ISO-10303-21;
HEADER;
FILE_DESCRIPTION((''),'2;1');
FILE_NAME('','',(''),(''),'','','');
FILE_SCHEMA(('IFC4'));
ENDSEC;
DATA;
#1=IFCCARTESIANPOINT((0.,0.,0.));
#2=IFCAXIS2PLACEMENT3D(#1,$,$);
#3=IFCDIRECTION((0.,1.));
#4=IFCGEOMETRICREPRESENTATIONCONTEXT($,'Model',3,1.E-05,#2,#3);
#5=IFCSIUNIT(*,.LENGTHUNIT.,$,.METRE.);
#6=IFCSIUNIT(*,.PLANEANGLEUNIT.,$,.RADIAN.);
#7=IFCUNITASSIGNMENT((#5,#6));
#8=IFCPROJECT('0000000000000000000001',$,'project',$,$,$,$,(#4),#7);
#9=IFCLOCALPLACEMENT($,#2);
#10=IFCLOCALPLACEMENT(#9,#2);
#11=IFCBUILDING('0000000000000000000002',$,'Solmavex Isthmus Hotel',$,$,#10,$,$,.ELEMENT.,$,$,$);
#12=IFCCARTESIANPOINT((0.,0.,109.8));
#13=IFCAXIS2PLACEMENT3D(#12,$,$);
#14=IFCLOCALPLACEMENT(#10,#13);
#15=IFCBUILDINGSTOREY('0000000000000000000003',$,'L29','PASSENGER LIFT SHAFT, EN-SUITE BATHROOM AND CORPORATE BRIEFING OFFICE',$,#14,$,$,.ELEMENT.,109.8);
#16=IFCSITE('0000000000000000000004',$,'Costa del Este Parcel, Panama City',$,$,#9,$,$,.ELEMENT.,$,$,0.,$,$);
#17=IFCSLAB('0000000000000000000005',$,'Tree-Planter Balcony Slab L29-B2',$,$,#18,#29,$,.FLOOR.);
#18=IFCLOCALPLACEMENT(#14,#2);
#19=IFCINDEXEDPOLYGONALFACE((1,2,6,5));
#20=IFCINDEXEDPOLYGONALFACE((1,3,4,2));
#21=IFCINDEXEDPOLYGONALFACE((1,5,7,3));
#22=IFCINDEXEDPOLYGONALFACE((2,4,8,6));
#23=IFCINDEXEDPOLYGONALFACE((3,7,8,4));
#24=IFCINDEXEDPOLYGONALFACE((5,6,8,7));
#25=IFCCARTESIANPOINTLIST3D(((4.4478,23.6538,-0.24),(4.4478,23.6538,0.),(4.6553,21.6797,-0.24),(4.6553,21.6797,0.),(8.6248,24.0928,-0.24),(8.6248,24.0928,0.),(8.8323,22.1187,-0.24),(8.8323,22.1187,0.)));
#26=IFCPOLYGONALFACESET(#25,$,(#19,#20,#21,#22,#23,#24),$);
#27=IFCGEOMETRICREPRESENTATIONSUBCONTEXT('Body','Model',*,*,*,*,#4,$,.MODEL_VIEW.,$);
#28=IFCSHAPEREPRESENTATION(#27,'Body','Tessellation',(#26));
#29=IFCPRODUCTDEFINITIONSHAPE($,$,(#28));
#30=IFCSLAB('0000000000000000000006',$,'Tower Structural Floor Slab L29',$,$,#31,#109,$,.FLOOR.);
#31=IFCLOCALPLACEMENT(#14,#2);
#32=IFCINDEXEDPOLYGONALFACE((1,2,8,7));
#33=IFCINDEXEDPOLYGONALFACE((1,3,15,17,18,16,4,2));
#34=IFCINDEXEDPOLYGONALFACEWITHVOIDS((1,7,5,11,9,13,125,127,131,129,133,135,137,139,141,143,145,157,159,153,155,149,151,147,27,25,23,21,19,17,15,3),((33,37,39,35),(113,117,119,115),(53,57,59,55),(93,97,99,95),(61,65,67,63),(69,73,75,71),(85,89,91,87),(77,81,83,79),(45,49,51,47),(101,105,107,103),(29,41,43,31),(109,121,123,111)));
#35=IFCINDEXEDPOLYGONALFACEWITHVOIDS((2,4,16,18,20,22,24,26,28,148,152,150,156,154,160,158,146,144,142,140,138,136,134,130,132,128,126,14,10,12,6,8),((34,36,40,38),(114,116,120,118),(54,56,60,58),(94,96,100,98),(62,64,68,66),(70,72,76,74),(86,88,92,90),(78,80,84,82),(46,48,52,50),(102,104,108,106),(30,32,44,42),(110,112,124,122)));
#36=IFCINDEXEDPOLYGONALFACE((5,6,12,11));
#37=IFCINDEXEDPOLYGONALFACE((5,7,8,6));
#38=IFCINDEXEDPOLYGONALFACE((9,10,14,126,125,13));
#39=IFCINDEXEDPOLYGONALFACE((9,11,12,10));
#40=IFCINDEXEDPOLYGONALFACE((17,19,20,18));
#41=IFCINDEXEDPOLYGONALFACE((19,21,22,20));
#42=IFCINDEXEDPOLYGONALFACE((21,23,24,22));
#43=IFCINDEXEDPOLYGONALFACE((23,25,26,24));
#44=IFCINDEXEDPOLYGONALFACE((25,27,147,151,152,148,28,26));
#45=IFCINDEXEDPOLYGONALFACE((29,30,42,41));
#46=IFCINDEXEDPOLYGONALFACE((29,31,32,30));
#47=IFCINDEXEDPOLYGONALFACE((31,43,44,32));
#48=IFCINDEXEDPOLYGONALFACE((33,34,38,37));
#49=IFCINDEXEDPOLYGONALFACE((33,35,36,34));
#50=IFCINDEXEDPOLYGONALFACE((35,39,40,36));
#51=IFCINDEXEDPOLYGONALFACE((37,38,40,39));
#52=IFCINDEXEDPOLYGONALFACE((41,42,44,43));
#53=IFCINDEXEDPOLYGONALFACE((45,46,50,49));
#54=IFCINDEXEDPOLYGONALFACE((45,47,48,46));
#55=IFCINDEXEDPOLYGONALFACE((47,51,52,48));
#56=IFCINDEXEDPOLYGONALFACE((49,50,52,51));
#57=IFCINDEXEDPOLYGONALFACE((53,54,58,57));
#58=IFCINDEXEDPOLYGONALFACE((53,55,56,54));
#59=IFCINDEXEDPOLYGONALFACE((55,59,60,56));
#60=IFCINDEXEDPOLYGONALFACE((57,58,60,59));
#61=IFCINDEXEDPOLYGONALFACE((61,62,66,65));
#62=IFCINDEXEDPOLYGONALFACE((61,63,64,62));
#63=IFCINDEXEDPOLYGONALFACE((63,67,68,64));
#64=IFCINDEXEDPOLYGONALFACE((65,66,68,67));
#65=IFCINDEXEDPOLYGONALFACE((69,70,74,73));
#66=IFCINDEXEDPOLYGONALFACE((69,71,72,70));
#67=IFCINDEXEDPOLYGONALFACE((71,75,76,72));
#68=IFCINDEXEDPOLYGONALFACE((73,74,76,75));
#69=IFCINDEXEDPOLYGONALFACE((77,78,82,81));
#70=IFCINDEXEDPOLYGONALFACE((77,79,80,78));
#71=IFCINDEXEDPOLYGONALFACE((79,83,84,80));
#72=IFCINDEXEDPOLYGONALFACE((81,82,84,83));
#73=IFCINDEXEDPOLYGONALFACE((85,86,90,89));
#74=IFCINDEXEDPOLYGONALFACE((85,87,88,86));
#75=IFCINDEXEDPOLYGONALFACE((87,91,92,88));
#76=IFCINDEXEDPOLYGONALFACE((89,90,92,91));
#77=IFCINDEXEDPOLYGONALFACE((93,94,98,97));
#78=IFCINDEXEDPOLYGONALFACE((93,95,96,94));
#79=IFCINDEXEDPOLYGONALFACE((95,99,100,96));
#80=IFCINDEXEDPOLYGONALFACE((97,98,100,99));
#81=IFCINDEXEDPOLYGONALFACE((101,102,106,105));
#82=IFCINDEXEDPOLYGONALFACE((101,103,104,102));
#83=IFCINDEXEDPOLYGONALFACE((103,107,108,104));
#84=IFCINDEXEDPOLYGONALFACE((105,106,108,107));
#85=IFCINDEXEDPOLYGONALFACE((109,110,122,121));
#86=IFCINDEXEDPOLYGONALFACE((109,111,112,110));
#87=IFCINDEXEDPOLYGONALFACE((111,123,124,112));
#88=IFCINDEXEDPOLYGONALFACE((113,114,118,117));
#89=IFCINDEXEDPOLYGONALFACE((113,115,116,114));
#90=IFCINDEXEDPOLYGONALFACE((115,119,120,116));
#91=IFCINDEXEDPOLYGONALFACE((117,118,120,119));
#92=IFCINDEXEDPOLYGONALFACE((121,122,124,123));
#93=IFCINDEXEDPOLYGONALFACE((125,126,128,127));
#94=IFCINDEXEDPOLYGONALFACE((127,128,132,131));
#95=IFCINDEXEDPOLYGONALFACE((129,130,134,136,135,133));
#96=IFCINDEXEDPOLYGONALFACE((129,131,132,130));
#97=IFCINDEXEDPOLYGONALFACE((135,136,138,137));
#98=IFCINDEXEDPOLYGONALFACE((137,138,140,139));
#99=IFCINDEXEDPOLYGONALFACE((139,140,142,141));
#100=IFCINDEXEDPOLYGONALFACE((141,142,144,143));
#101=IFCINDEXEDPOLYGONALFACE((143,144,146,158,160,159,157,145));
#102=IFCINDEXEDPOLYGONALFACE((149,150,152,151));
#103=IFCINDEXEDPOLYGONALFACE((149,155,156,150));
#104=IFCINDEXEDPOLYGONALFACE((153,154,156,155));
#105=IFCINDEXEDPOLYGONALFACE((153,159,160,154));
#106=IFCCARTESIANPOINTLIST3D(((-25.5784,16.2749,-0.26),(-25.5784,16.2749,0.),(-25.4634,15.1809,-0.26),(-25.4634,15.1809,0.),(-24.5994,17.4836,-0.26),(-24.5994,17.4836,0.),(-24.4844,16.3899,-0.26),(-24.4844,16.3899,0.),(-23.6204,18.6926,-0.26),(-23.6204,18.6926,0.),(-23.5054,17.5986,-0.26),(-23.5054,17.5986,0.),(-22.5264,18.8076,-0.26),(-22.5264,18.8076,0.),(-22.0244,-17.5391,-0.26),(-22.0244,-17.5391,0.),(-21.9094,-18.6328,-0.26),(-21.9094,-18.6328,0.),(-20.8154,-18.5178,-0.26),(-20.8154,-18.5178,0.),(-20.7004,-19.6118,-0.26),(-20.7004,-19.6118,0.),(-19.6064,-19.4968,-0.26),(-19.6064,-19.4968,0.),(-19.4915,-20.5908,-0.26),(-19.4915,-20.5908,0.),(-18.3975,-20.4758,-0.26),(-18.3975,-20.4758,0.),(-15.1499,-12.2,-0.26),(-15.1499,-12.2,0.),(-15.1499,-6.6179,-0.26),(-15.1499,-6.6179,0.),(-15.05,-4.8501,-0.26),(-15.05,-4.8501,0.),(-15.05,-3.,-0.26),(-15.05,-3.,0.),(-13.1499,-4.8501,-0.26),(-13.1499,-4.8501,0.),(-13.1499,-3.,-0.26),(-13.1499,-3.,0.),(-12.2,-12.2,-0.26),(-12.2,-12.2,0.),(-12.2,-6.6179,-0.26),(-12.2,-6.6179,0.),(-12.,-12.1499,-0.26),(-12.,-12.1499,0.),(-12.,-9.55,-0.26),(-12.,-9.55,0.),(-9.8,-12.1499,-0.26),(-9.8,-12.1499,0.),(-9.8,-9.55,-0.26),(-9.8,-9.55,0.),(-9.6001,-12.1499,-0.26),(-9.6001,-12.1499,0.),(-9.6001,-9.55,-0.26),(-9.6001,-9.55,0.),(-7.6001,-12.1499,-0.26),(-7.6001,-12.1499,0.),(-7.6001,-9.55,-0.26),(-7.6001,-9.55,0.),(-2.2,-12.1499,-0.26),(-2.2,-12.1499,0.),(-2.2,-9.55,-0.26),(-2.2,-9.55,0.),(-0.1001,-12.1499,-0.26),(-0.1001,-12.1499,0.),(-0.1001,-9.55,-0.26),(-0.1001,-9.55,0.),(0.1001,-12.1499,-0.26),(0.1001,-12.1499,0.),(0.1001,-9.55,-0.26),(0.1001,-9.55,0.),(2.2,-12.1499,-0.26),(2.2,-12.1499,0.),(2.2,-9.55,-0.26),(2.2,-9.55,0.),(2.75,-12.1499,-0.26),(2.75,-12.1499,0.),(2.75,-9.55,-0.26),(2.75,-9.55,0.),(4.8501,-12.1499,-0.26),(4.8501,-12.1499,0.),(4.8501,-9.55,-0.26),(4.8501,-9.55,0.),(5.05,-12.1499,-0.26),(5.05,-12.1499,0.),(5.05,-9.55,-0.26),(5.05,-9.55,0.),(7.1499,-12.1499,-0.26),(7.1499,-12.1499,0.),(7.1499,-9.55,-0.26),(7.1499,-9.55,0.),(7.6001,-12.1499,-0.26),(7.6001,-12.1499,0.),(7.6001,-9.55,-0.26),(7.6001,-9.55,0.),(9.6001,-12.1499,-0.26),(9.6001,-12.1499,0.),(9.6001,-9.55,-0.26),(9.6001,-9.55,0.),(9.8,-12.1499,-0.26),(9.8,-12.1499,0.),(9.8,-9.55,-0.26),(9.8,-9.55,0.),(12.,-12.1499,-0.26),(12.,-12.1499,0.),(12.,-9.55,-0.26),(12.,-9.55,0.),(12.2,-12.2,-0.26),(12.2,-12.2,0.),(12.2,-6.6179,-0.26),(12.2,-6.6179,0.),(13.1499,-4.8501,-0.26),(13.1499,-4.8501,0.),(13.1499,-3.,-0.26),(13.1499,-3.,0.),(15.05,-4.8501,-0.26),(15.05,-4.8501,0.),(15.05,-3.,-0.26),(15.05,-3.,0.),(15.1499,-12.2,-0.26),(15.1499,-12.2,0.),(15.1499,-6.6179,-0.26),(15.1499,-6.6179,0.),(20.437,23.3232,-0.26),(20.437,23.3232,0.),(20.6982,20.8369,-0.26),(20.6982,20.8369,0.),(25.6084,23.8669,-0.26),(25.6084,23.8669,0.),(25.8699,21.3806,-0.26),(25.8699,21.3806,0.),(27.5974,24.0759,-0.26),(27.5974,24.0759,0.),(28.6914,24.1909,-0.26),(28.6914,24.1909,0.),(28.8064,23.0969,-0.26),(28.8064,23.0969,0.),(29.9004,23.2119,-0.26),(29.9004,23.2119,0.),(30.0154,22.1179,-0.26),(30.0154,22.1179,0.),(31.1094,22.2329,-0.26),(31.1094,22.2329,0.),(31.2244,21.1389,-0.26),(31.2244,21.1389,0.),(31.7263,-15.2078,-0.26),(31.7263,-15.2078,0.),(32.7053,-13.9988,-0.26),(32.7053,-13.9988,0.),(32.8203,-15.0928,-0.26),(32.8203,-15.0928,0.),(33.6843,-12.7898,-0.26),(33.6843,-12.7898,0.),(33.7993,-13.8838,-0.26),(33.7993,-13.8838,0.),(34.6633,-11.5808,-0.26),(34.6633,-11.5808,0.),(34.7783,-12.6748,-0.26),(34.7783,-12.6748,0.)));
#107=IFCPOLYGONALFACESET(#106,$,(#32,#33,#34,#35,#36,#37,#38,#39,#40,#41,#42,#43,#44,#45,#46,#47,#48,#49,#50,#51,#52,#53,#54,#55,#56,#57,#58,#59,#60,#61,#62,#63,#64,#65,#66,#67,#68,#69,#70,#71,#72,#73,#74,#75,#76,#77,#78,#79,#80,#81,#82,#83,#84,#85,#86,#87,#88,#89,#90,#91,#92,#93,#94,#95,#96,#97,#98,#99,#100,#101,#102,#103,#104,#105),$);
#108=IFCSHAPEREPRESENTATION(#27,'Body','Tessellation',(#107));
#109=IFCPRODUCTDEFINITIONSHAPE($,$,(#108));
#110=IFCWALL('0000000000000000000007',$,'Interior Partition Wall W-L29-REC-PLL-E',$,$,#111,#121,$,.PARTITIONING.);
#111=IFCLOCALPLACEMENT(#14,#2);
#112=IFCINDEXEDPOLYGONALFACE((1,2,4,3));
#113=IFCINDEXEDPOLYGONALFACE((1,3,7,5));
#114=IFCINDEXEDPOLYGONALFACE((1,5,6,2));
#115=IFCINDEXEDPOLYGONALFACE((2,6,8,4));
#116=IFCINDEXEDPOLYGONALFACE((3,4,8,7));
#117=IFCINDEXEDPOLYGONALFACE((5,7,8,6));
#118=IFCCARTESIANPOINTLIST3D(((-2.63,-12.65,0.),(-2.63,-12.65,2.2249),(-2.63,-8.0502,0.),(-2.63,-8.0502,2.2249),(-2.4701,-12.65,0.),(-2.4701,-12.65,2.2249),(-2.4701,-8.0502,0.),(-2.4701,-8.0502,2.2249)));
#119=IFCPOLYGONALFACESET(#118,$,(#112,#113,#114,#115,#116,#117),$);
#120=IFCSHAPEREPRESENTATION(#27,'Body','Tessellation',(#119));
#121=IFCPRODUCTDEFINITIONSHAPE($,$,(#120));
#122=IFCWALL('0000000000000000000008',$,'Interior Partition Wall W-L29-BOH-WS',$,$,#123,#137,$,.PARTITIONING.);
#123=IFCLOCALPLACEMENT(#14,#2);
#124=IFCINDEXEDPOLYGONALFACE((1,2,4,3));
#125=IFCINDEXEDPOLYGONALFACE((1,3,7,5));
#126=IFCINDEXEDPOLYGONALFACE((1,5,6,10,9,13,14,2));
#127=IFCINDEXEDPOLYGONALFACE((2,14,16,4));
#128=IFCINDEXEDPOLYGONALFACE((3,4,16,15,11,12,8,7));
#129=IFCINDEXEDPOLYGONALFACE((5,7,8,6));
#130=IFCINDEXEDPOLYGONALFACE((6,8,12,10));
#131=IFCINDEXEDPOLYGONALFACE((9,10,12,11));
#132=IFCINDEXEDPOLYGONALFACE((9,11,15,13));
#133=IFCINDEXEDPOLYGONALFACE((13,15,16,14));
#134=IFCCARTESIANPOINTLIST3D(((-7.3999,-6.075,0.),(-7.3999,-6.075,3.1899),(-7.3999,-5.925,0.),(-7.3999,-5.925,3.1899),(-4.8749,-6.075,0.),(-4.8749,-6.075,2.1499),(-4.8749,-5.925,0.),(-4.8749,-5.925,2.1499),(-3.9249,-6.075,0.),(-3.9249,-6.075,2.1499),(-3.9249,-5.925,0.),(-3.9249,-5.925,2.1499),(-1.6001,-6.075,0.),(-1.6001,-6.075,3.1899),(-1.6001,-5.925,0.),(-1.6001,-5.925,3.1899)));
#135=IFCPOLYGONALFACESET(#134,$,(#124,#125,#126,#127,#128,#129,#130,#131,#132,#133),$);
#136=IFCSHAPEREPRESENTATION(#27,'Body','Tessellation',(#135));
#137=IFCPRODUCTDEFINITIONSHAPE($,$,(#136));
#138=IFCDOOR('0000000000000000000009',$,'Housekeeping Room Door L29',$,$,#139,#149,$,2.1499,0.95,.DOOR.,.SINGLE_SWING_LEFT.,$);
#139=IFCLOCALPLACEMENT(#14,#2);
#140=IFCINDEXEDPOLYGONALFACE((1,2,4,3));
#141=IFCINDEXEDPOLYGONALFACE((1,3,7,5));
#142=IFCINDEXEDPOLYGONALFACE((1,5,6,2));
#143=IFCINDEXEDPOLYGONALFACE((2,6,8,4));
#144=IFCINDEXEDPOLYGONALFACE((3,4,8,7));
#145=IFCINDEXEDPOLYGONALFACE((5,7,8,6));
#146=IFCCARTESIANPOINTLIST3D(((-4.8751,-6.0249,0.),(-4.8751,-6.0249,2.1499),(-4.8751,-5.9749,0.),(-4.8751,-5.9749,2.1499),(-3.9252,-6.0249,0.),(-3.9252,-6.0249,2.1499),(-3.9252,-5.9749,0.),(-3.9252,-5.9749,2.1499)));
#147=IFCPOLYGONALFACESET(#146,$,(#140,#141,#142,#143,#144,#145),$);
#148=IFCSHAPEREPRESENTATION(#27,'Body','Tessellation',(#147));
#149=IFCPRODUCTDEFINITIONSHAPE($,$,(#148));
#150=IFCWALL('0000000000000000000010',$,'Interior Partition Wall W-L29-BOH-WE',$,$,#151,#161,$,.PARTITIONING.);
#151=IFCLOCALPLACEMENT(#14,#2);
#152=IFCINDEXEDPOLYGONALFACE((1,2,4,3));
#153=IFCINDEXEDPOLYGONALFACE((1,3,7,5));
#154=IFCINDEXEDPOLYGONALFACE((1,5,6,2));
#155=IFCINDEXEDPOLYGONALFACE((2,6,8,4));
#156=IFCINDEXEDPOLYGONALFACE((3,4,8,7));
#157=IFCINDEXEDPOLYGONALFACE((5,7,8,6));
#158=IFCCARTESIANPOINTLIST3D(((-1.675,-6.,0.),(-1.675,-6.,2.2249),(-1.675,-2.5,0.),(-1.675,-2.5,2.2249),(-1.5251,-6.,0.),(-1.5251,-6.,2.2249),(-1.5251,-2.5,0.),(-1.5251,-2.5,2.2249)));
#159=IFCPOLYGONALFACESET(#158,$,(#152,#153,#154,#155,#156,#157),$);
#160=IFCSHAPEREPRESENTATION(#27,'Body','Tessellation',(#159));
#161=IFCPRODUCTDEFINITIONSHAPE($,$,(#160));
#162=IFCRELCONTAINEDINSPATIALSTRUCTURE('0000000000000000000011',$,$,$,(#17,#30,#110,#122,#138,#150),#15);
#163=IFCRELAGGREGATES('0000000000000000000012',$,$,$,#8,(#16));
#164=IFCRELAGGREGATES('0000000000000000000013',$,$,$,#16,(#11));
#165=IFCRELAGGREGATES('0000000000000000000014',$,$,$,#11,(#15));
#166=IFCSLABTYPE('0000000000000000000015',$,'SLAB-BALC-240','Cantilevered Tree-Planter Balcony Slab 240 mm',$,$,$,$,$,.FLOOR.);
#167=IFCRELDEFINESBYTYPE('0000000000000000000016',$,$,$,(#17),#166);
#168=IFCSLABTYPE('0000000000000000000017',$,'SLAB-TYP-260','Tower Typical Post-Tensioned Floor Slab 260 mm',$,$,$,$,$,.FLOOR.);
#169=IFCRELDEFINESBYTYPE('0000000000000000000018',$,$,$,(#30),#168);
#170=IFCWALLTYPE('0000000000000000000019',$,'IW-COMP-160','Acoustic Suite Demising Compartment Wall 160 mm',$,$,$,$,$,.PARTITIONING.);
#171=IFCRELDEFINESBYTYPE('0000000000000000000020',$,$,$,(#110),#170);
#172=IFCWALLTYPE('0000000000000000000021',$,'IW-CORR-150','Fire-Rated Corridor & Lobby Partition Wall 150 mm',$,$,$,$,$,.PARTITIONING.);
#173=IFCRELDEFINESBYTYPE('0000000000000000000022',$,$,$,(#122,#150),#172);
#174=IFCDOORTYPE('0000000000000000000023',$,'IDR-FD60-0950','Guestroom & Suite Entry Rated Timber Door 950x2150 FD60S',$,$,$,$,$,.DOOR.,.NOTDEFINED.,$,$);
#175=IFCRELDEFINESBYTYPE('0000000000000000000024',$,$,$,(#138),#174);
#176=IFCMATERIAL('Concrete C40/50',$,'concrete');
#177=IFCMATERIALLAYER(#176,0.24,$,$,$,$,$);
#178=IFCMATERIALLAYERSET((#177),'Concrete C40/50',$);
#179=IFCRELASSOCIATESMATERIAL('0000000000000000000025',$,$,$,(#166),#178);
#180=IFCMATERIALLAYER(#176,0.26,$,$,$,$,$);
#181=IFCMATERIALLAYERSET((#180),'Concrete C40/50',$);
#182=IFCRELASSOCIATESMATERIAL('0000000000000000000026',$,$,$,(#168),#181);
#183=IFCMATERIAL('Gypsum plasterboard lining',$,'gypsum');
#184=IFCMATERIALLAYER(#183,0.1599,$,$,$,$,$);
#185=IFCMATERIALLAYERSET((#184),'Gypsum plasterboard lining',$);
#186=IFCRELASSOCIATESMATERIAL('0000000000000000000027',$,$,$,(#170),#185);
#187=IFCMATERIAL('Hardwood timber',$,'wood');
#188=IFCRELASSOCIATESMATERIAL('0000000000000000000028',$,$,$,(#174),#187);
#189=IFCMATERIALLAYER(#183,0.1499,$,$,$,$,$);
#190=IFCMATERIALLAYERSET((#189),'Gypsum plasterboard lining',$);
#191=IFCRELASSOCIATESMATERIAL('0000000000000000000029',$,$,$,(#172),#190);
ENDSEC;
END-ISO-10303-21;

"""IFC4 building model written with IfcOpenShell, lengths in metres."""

from ifc_helpers import new_model, si_unit, direction, frame, frame_2d, origin, place, context, subcontext, project, spatial, polyline, rectangle, outline, extrude, material, layer, layer_set, type_object, element, fill, save


model = new_model("IFC4")

# Units and contexts
model_context = context("Model", 3, precision=1e-05, world=origin(), true_north=direction((0.0, 1.0)))
body_context = subcontext(model_context, "Body", "Model", "MODEL_VIEW")
ifc_project = project(units=[si_unit("LENGTHUNIT", "METRE"), si_unit("PLANEANGLEUNIT", "RADIAN")], contexts=[model_context])

# Site, building, storey
site_placement = place(None, origin())
site = spatial("IfcSite", under=ifc_project, at=site_placement, Name="Costa del Este Parcel, Panama City", CompositionType="ELEMENT", RefElevation=0.0)
building_placement = place(site_placement, origin())
building = spatial("IfcBuilding", under=site, at=building_placement, Name="Solmavex Isthmus Hotel", CompositionType="ELEMENT")
storey_placement = place(building_placement, frame((0.0, 0.0, 109.8)))
storey = spatial("IfcBuildingStorey", under=building, at=storey_placement, Name="L29", Description="PASSENGER LIFT SHAFT, EN-SUITE BATHROOM AND CORPORATE BRIEFING OFFICE", CompositionType="ELEMENT", Elevation=109.8)

# Slabs
ifc_material_1 = material(Name="Concrete C40/50", Category="concrete")
ifc_layer_1 = layer(ifc_material_1, 0.24)
ifc_layer_set_1 = layer_set([ifc_layer_1], Name="Concrete C40/50")
slab_type_1 = type_object("IfcSlabType", Name="SLAB-BALC-240", Description="Cantilevered Tree-Planter Balcony Slab 240 mm", PredefinedType="FLOOR", material=ifc_layer_set_1)
slab_1_placement = place(storey_placement, frame((0.0, 0.0, -0.24)))
element("IfcSlab", 1, at=slab_1_placement, inside=storey, type_object=slab_type_1, Name="Tree-Planter Balcony Slab L29-B2", PredefinedType="FLOOR", context=body_context, shape_type="SweptSolid", body=[
    extrude(outline(polyline([(4.6553, 21.6797), (8.8323, 22.1187), (8.6248, 24.0928), (4.4478, 23.6538), (4.6553, 21.6797)])), origin(), (0.0, 0.0, 1.0), 0.24),
])
ifc_layer_2 = layer(ifc_material_1, 0.26)
ifc_layer_set_2 = layer_set([ifc_layer_2], Name="Concrete C40/50")
slab_type_2 = type_object("IfcSlabType", Name="SLAB-TYP-260", Description="Tower Typical Post-Tensioned Floor Slab 260 mm", PredefinedType="FLOOR", material=ifc_layer_set_2)
slab_2_placement = place(storey_placement, frame((0.0, 0.0, -0.26)))
element("IfcSlab", 2, at=slab_2_placement, inside=storey, type_object=slab_type_2, Name="Tower Structural Floor Slab L29", PredefinedType="FLOOR", context=body_context, shape_type="SweptSolid", body=[
    extrude(outline(polyline([(22.8057, 23.5723), (25.6084, 23.8669), (25.8699, 21.3806), (20.6982, 20.8369), (20.437, 23.3232), (-22.5264, 18.8076), (-23.6204, 18.6926), (-23.5054, 17.5986), (-24.5994, 17.4836), (-24.4844, 16.3899), (-25.5784, 16.2749), (-25.4634, 15.1809), (-22.0244, -17.5391), (-21.9094, -18.6328), (-20.8154, -18.5178), (-20.7004, -19.6118), (-19.6064, -19.4968), (-19.4915, -20.5908), (-18.3975, -20.4758), (31.7263, -15.2078), (32.8203, -15.0928), (32.7053, -13.9988), (33.7993, -13.8838), (33.6843, -12.7898), (34.7783, -12.6748), (34.6633, -11.5808), (31.2244, 21.1389), (31.1094, 22.2329), (30.0154, 22.1179), (29.9004, 23.2119), (28.8064, 23.0969), (28.6914, 24.1909), (27.5974, 24.0759), (22.8057, 23.5723)]), holes=[polyline([(-15.1499, -6.6179), (-15.1499, -12.2), (-12.2, -12.2), (-12.2, -6.6179), (-15.1499, -6.6179)]), polyline([(12.2, -6.6179), (12.2, -12.2), (15.1499, -12.2), (15.1499, -6.6179), (12.2, -6.6179)]), polyline([(-12.0, -12.1499), (-9.8, -12.1499), (-9.8, -9.55), (-12.0, -9.55), (-12.0, -12.1499)]), polyline([(9.8, -12.1499), (12.0, -12.1499), (12.0, -9.55), (9.8, -9.55), (9.8, -12.1499)]), polyline([(-9.6001, -12.1499), (-7.6001, -12.1499), (-7.6001, -9.55), (-9.6001, -9.55), (-9.6001, -12.1499)]), polyline([(7.6001, -12.1499), (9.6001, -12.1499), (9.6001, -9.55), (7.6001, -9.55), (7.6001, -12.1499)]), polyline([(-2.2, -12.1499), (-0.1001, -12.1499), (-0.1001, -9.55), (-2.2, -9.55), (-2.2, -12.1499)]), polyline([(0.1001, -12.1499), (2.2, -12.1499), (2.2, -9.55), (0.1001, -9.55), (0.1001, -12.1499)]), polyline([(2.75, -12.1499), (4.8501, -12.1499), (4.8501, -9.55), (2.75, -9.55), (2.75, -12.1499)]), polyline([(5.05, -12.1499), (7.1499, -12.1499), (7.1499, -9.55), (5.05, -9.55), (5.05, -12.1499)]), polyline([(-15.05, -4.8501), (-13.1499, -4.8501), (-13.1499, -3.0), (-15.05, -3.0), (-15.05, -4.8501)]), polyline([(13.1499, -4.8501), (15.05, -4.8501), (15.05, -3.0), (13.1499, -3.0), (13.1499, -4.8501)])]), origin(), (0.0, 0.0, 1.0), 0.26),
])

# Shared definitions
ifc_material_2 = material(Name="Gypsum plasterboard lining", Category="gypsum")
ifc_layer_3 = layer(ifc_material_2, 0.1599)
ifc_layer_set_3 = layer_set([ifc_layer_3], Name="Gypsum plasterboard lining")
wall_type_1 = type_object("IfcWallType", Name="IW-COMP-160", Description="Acoustic Suite Demising Compartment Wall 160 mm", PredefinedType="PARTITIONING", material=ifc_layer_set_3)
ifc_material_3 = material(Name="Hardwood timber", Category="wood")
door_type_1 = type_object("IfcDoorType", Name="IDR-FD60-0950", Description="Guestroom & Suite Entry Rated Timber Door 950x2150 FD60S", OperationType="NOTDEFINED", PredefinedType="DOOR", material=ifc_material_3)

# Wall
wall_1_placement = place(storey_placement, frame((-2.55, -12.6499, 0.0), z_axis=(0.0, 0.0, 1.0), x_axis=(0.0, 1.0, 0.0)))
element("IfcWall", 3, at=wall_1_placement, inside=storey, type_object=wall_type_1, Name="Interior Partition Wall W-L29-REC-PLL-E", PredefinedType="PARTITIONING", context=body_context, shape_type="SweptSolid", body=[
    extrude(rectangle(XDim=4.5999, YDim=0.1599, at=frame_2d((2.2998, 0.0))), origin(), (0.0, 0.0, 1.0), 2.2249),
])

# Wall, opening, door
ifc_layer_4 = layer(ifc_material_2, 0.1499)
ifc_layer_set_4 = layer_set([ifc_layer_4], Name="Gypsum plasterboard lining")
wall_type_2 = type_object("IfcWallType", Name="IW-CORR-150", Description="Fire-Rated Corridor & Lobby Partition Wall 150 mm", PredefinedType="PARTITIONING", material=ifc_layer_set_4)
wall_2_placement = place(storey_placement, frame((-7.3999, -6.0, 0.0), z_axis=(0.0, 0.0, 1.0), x_axis=(1.0, 0.0, 0.0)))
wall_2 = element("IfcWall", 4, at=wall_2_placement, inside=storey, type_object=wall_type_2, Name="Interior Partition Wall W-L29-BOH-WS", PredefinedType="PARTITIONING", context=body_context, shape_type="SweptSolid", body=[
    extrude(rectangle(XDim=5.7998, YDim=0.1499, at=frame_2d((2.8999, 0.0))), origin(), (0.0, 0.0, 1.0), 3.1899),
])
opening_1_placement = place(wall_2_placement, frame((2.5249, 0.0, 0.0)))
opening_1 = element("IfcOpeningElement", 5, at=opening_1_placement, cuts=wall_2, PredefinedType="OPENING", context=body_context, shape_type="SweptSolid", body=[
    extrude(rectangle(XDim=0.95, YDim=2.1499, at=frame_2d((0.4751, 1.075))), frame((0.0, 0.085, 0.0), z_axis=(0.0, -1.0, 0.0), x_axis=(1.0, 0.0, 0.0)), (0.0, 0.0, 1.0), 0.1699),
])
door_1_placement = place(opening_1_placement, frame((0.95, 0.0, 0.0), z_axis=(0.0, 0.0, 1.0), x_axis=(-1.0, 0.0, 0.0)))
door_1 = element("IfcDoor", 6, at=door_1_placement, inside=storey, type_object=door_type_1, Name="Housekeeping Room Door L29", OperationType="SINGLE_SWING_LEFT", OverallHeight=2.1499, OverallWidth=0.95, PredefinedType="DOOR", context=body_context, shape_type="SweptSolid", body=[
    extrude(rectangle(XDim=0.95, YDim=2.1499, at=frame_2d((0.4751, 1.075))), frame((0.0, 0.0249, 0.0), z_axis=(0.0, -1.0, 0.0), x_axis=(1.0, 0.0, 0.0)), (0.0, 0.0, 1.0), 0.05),
])
fill(opening_1, door_1)

# Wall
wall_3_placement = place(storey_placement, frame((-1.6001, -6.0, 0.0), z_axis=(0.0, 0.0, 1.0), x_axis=(0.0, 1.0, 0.0)))
element("IfcWall", 7, at=wall_3_placement, inside=storey, type_object=wall_type_2, Name="Interior Partition Wall W-L29-BOH-WE", PredefinedType="PARTITIONING", context=body_context, shape_type="SweptSolid", body=[
    extrude(rectangle(XDim=3.5, YDim=0.1499, at=frame_2d((1.75, 0.0))), origin(), (0.0, 0.0, 1.0), 2.2249),
])

save(model, "model.ifc")
